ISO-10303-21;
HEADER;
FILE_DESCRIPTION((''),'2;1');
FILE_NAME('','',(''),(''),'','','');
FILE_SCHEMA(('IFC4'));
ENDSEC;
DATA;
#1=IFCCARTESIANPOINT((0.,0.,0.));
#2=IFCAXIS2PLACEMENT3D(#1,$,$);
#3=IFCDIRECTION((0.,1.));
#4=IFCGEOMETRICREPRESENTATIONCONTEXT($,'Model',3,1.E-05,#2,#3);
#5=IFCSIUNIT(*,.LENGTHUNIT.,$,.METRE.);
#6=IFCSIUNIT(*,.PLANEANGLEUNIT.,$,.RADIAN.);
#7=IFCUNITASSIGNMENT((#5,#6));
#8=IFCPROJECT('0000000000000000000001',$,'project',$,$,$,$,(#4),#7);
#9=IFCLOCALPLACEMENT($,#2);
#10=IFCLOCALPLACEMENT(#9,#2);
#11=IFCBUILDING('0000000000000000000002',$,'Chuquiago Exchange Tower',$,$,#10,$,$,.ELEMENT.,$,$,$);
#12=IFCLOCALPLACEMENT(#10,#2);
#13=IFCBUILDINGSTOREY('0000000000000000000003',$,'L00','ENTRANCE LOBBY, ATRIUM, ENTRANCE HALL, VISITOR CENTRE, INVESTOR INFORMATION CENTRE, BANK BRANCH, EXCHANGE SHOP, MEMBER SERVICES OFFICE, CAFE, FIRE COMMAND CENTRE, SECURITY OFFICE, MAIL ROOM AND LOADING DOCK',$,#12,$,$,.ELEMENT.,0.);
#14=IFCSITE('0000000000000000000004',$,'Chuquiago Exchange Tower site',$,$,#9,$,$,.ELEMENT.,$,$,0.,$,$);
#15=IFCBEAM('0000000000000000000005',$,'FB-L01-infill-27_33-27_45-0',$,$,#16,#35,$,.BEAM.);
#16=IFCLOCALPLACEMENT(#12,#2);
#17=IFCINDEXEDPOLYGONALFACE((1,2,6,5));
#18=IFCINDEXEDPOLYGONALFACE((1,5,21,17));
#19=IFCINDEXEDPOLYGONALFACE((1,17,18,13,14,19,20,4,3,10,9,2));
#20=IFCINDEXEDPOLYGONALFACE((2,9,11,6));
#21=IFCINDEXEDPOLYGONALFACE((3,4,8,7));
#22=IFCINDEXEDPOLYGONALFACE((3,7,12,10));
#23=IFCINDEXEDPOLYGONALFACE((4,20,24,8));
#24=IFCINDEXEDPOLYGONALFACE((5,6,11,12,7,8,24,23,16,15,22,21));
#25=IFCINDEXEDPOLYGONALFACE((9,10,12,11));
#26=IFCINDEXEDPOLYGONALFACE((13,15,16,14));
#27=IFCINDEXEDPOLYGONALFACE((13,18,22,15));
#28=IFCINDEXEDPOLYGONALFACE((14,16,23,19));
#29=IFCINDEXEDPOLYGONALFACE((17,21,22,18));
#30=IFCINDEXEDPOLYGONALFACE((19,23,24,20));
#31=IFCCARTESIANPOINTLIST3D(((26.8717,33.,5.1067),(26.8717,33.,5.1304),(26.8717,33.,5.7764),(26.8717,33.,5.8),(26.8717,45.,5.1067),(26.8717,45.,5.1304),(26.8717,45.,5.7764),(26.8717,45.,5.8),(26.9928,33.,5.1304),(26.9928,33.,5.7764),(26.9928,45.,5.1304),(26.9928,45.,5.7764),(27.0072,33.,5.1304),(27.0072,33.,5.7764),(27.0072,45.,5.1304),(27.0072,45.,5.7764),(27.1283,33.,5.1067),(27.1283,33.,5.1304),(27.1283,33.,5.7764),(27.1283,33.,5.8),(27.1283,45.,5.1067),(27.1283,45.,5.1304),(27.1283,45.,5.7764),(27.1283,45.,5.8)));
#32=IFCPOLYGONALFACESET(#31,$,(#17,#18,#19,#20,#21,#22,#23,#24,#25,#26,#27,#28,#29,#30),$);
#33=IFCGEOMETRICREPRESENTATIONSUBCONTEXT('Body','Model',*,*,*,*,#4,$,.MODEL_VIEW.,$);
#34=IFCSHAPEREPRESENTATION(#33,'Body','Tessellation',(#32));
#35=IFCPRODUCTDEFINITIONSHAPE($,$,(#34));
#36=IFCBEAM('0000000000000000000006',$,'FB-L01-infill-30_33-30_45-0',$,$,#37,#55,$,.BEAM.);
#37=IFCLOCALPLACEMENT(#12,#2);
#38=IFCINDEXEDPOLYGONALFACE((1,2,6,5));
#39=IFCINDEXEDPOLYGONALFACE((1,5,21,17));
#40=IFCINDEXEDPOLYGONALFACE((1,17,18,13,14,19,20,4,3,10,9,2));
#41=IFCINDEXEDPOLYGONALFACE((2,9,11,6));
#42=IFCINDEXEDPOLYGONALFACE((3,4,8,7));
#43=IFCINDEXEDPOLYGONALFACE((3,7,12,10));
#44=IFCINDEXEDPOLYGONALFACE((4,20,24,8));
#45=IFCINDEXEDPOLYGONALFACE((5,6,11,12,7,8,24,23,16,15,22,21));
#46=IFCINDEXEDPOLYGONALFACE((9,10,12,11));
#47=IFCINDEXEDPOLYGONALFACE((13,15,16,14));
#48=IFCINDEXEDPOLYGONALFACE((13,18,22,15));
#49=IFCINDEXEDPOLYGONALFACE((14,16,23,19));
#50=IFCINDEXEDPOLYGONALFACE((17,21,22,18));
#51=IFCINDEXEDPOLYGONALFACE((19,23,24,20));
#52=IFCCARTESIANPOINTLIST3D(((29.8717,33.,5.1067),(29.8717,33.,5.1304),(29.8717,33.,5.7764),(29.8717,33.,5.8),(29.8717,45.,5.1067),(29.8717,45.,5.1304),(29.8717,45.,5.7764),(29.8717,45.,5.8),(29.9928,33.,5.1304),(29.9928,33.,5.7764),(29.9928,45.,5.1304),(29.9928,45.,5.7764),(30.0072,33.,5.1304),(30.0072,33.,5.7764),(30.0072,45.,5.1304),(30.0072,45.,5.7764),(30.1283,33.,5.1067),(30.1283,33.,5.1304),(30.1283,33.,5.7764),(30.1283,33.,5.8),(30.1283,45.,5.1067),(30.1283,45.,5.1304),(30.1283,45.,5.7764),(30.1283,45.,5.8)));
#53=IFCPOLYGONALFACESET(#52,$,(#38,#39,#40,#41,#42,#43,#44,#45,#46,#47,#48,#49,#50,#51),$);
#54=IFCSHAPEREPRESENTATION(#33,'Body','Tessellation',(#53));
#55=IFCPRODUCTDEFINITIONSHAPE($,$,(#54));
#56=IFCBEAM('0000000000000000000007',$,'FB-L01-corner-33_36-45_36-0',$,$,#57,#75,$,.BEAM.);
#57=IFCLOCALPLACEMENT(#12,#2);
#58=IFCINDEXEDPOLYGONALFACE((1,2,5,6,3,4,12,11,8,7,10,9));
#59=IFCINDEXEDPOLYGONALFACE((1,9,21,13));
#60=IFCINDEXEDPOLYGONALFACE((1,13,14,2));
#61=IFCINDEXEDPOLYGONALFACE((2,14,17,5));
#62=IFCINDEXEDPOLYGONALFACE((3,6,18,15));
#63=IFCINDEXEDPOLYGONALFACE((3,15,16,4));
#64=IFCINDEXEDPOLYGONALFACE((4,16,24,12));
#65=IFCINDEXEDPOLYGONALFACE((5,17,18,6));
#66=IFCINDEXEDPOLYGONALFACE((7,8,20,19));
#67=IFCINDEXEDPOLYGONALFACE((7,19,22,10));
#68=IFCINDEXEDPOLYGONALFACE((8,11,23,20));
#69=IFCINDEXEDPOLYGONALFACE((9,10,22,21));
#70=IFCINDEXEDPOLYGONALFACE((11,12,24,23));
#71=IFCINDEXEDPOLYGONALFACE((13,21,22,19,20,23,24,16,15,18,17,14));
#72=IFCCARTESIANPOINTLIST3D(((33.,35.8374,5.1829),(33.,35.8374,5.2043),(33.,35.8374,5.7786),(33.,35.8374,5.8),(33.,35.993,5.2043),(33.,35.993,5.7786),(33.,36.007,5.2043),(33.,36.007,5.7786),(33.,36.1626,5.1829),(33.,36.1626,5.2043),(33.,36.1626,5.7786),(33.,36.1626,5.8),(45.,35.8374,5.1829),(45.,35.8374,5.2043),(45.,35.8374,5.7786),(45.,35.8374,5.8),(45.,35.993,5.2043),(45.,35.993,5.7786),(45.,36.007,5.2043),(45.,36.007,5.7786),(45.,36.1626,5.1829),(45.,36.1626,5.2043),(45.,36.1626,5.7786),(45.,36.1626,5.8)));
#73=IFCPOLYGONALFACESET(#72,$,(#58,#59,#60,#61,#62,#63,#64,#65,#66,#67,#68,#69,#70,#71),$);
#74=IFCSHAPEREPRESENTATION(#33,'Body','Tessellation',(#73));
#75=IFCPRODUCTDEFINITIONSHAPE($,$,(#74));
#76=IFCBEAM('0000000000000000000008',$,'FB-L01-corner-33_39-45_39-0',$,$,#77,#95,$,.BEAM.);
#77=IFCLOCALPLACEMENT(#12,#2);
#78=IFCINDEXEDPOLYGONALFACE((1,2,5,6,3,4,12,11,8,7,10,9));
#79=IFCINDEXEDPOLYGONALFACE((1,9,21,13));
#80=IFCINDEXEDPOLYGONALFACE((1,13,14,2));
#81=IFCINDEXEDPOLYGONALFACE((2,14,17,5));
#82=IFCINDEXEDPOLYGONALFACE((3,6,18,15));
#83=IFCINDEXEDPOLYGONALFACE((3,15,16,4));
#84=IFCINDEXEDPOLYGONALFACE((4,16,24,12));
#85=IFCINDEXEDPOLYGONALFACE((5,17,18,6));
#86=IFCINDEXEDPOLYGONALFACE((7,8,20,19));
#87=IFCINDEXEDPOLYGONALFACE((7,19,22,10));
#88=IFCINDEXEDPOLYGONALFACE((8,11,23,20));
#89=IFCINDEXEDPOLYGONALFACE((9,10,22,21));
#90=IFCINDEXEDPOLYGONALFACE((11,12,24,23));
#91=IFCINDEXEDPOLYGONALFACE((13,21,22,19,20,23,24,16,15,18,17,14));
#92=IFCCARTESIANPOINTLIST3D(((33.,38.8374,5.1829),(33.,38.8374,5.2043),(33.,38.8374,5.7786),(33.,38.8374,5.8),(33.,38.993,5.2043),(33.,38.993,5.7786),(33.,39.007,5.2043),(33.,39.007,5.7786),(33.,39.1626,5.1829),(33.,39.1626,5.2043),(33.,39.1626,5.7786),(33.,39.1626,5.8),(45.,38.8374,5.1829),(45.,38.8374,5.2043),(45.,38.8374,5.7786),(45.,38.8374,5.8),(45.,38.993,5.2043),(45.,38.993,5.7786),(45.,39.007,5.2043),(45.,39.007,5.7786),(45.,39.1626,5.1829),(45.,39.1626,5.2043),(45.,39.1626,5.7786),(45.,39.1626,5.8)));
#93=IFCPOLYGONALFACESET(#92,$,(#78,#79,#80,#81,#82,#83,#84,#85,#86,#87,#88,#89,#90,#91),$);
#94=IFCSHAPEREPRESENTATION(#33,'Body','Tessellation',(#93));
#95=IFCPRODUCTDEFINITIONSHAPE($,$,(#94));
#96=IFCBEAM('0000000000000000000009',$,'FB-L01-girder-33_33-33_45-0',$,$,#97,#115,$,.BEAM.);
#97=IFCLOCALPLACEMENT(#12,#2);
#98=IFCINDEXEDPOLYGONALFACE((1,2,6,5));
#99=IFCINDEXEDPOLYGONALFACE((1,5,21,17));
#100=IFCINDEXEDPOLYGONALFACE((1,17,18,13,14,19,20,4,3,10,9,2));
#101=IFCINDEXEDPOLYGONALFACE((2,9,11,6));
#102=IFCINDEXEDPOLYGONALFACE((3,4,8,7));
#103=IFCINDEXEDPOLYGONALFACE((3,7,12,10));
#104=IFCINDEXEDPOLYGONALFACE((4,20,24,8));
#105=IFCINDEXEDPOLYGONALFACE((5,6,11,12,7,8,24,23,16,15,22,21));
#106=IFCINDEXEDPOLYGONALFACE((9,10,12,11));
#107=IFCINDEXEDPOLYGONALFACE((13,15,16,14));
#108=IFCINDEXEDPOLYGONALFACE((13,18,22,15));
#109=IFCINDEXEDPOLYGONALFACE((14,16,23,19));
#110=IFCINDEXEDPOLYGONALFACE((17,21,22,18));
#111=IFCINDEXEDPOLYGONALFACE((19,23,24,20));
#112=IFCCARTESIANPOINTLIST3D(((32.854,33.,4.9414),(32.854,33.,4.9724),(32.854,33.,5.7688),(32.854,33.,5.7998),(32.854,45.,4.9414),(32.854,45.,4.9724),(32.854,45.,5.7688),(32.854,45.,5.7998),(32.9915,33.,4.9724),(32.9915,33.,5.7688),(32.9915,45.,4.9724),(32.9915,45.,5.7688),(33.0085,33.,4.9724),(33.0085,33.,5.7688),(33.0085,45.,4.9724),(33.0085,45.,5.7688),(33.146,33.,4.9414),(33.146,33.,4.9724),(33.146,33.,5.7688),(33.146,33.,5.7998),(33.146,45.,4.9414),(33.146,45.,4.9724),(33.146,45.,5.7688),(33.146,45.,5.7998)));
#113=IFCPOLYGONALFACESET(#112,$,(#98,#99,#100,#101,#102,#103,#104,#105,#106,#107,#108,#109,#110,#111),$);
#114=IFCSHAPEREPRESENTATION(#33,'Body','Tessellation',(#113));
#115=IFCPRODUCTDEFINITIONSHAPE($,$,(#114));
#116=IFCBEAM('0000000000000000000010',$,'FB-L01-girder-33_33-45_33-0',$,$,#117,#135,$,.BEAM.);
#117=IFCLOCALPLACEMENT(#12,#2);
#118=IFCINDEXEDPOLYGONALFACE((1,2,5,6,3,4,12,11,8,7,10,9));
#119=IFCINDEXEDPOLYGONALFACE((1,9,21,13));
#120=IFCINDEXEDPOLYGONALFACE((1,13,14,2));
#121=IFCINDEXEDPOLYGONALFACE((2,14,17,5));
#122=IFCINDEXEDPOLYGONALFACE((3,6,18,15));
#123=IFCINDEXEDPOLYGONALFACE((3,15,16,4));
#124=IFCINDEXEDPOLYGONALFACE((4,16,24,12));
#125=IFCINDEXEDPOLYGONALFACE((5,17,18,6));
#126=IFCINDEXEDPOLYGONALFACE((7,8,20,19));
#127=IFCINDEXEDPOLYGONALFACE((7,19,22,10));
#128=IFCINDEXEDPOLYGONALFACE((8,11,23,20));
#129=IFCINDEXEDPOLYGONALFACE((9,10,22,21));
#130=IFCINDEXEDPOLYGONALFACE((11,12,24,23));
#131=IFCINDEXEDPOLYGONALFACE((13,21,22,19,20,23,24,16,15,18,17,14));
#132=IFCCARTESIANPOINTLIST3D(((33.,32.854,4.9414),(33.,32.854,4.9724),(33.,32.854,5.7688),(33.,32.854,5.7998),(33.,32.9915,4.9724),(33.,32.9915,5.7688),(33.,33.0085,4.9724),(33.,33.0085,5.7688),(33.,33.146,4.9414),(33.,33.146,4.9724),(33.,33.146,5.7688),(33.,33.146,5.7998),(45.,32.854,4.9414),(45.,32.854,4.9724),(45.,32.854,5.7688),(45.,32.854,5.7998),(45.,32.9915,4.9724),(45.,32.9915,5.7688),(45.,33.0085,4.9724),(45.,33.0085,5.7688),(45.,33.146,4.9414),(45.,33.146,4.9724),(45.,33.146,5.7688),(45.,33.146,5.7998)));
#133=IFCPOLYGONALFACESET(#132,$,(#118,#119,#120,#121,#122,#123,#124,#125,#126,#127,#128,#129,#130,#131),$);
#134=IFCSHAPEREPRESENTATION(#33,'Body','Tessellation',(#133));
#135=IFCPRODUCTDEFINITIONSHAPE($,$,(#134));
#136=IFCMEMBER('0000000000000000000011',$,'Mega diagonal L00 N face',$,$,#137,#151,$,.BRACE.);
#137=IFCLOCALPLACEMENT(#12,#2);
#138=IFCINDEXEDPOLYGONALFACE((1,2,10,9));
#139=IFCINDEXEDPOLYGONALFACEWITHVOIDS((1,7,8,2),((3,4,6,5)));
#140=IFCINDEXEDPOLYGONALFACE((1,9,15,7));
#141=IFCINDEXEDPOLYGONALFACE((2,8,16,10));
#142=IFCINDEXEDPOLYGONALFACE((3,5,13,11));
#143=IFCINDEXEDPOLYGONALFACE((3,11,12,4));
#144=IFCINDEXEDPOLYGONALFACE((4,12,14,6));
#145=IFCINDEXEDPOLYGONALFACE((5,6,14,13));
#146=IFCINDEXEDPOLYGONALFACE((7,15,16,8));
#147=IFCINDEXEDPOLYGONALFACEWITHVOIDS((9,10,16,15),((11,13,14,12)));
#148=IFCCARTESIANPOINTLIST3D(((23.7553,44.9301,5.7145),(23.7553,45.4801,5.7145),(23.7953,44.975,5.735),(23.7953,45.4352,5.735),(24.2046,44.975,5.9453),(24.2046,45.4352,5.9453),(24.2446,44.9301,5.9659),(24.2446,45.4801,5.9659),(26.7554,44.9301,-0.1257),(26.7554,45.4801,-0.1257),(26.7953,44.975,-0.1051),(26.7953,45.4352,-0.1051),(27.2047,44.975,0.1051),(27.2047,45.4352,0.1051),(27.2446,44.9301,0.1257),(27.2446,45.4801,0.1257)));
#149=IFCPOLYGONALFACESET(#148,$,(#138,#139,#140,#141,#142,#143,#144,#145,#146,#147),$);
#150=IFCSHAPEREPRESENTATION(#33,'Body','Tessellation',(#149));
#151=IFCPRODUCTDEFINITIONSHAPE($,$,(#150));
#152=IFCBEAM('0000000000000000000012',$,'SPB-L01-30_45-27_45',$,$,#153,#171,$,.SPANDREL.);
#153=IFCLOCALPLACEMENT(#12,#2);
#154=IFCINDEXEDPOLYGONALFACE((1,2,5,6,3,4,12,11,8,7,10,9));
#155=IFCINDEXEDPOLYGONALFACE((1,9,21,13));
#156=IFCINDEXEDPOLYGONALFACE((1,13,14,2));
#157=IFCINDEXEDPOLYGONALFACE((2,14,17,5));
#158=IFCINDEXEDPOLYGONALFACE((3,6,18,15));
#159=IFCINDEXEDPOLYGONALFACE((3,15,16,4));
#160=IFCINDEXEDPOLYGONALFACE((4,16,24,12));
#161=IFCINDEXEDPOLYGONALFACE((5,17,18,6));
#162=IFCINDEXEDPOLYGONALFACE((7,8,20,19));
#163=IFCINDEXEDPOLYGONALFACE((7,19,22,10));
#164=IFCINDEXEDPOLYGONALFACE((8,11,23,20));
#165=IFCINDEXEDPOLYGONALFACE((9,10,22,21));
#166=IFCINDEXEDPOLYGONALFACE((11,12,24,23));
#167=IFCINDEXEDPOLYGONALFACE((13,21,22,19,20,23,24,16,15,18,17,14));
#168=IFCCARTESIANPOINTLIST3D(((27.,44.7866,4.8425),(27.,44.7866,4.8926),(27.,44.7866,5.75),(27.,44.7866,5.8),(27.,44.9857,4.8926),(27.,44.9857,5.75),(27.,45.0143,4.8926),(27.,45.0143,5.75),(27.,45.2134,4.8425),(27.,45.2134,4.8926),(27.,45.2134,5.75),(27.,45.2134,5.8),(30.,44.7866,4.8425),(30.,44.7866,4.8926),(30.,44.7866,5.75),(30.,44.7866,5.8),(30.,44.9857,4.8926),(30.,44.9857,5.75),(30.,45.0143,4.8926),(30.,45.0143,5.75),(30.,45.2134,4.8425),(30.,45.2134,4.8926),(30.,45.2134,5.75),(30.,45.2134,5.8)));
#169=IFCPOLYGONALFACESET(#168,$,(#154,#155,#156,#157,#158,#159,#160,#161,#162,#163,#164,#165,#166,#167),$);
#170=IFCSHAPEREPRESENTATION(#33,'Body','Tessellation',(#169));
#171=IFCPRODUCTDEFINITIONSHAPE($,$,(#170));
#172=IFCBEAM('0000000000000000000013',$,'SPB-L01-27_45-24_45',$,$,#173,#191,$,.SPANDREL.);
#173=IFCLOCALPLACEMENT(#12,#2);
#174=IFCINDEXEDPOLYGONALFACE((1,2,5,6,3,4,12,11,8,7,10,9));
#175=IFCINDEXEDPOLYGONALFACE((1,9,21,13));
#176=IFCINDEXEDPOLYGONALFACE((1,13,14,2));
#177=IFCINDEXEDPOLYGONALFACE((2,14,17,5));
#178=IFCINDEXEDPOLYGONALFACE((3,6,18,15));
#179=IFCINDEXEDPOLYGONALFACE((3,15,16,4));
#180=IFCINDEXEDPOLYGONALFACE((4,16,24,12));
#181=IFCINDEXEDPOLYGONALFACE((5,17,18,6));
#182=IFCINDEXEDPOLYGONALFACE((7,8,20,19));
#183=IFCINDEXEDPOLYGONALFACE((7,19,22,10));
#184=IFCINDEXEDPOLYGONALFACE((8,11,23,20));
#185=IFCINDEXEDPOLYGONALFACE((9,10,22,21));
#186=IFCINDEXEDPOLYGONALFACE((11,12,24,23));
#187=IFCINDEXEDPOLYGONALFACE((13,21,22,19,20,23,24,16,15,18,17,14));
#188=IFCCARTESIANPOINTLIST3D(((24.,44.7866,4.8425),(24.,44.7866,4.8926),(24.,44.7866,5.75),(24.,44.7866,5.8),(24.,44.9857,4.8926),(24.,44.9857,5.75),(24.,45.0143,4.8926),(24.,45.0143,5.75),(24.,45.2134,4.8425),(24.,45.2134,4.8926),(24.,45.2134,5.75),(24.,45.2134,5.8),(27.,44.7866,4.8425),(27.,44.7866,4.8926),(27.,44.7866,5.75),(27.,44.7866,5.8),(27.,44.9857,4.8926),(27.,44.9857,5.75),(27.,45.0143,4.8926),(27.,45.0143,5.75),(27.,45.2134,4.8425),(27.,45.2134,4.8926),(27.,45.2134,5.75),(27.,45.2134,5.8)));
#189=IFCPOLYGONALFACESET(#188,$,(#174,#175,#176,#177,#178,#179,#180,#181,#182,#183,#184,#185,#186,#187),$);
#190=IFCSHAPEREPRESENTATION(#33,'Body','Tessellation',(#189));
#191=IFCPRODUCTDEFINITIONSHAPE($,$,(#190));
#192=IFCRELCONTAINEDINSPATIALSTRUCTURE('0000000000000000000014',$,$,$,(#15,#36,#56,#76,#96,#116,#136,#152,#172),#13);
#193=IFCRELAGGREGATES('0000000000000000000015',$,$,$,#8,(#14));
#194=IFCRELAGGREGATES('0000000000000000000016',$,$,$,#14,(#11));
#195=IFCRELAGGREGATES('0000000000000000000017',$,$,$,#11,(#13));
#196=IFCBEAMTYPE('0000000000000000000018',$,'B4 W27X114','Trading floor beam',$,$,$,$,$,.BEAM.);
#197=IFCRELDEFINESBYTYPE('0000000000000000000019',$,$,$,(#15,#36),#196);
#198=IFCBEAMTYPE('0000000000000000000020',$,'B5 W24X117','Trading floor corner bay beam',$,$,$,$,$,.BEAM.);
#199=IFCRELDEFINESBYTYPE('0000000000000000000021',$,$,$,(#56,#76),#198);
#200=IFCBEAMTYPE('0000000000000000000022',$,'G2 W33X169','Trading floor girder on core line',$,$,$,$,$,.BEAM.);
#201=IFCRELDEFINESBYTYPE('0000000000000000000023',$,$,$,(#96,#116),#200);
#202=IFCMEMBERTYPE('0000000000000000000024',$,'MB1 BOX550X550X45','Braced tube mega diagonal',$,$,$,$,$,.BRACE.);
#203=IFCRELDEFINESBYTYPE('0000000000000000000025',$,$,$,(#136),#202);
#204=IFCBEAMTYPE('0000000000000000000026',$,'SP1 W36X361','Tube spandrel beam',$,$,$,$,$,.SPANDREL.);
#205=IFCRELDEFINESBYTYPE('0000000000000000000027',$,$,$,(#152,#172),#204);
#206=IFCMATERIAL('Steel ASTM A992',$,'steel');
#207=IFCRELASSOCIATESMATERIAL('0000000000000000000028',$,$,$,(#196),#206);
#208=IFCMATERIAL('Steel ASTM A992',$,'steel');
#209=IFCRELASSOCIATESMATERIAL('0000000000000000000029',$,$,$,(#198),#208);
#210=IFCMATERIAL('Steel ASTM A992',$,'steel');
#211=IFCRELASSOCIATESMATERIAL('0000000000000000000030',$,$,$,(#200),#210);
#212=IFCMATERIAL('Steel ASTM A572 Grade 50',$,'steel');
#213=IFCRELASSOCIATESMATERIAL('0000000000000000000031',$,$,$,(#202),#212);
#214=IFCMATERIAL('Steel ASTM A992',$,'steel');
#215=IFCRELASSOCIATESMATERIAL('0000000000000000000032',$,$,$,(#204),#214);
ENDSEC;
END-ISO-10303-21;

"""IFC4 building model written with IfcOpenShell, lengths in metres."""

from ifc_helpers import new_model, si_unit, direction, frame, origin, origin_2d, place, context, subcontext, project, spatial, hollow_rectangle, i_section, extrude, material, material_profile, profile_set, type_object, element, save


model = new_model("IFC4")

# Units and contexts
model_context = context("Model", 3, precision=1e-05, world=origin(), true_north=direction((0.0, 1.0)))
body_context = subcontext(model_context, "Body", "Model", "MODEL_VIEW")
ifc_project = project(units=[si_unit("LENGTHUNIT", "METRE"), si_unit("PLANEANGLEUNIT", "RADIAN")], contexts=[model_context])

# Site, building, storey
site_placement = place(None, origin())
site = spatial("IfcSite", under=ifc_project, at=site_placement, Name="Chuquiago Exchange Tower site", CompositionType="ELEMENT", RefElevation=0.0)
building_placement = place(site_placement, origin())
building = spatial("IfcBuilding", under=site, at=building_placement, Name="Chuquiago Exchange Tower", CompositionType="ELEMENT")
storey_placement = place(building_placement, origin())
storey = spatial("IfcBuildingStorey", under=building, at=storey_placement, Name="L00", Description="ENTRANCE LOBBY, ATRIUM, ENTRANCE HALL, VISITOR CENTRE, INVESTOR INFORMATION CENTRE, BANK BRANCH, EXCHANGE SHOP, MEMBER SERVICES OFFICE, CAFE, FIRE COMMAND CENTRE, SECURITY OFFICE, MAIL ROOM AND LOADING DOCK", CompositionType="ELEMENT", Elevation=0.0)

# Beams
ifc_material_1 = material(Name="Steel ASTM A992", Category="steel")
ifc_material_profile_1 = material_profile(ifc_material_1, i_section(OverallWidth=0.2566, OverallDepth=0.6934, WebThickness=0.0144, FlangeThickness=0.0237, at=origin_2d()), Name="W27X114")
ifc_profile_set_1 = profile_set([ifc_material_profile_1], Name="Steel ASTM A992")
beam_type_1 = type_object("IfcBeamType", Name="B4 W27X114", Description="Trading floor beam", PredefinedType="BEAM", material=ifc_profile_set_1)
for number, where, z_axis, x_axis, name in (
    (1, (27.0, 33.0, 5.4534), (0.0, 1.0, 0.0), (-1.0, 0.0, 0.0), "FB-L01-infill-27_33-27_45-0"),
    (2, (30.0, 33.0, 5.4534), (0.0, 1.0, 0.0), (-1.0, 0.0, 0.0), "FB-L01-infill-30_33-30_45-0"),
):
    element("IfcBeam", number, at=place(storey_placement, frame(where, z_axis=z_axis, x_axis=x_axis)), inside=storey, type_object=beam_type_1, Name=name, PredefinedType="BEAM", context=body_context, shape_type="SweptSolid", body=[
        extrude(i_section(OverallWidth=0.2566, OverallDepth=0.6934, WebThickness=0.0144, FlangeThickness=0.0237, at=origin_2d()), origin(), (0.0, 0.0, 1.0), 12.0),
    ])
ifc_material_2 = material(Name="Steel ASTM A992", Category="steel")
ifc_material_profile_2 = material_profile(ifc_material_2, i_section(OverallWidth=0.3252, OverallDepth=0.6172, WebThickness=0.0139, FlangeThickness=0.0215, at=origin_2d()), Name="W24X117")
ifc_profile_set_2 = profile_set([ifc_material_profile_2], Name="Steel ASTM A992")
beam_type_2 = type_object("IfcBeamType", Name="B5 W24X117", Description="Trading floor corner bay beam", PredefinedType="BEAM", material=ifc_profile_set_2)
for number, where, z_axis, x_axis, name in (
    (3, (33.0, 36.0, 5.4915), (1.0, 0.0, 0.0), (0.0, 1.0, 0.0), "FB-L01-corner-33_36-45_36-0"),
    (4, (33.0, 39.0, 5.4915), (1.0, 0.0, 0.0), (0.0, 1.0, 0.0), "FB-L01-corner-33_39-45_39-0"),
):
    element("IfcBeam", number, at=place(storey_placement, frame(where, z_axis=z_axis, x_axis=x_axis)), inside=storey, type_object=beam_type_2, Name=name, PredefinedType="BEAM", context=body_context, shape_type="SweptSolid", body=[
        extrude(i_section(OverallWidth=0.3252, OverallDepth=0.6172, WebThickness=0.0139, FlangeThickness=0.0215, at=origin_2d()), origin(), (0.0, 0.0, 1.0), 12.0),
    ])
ifc_material_3 = material(Name="Steel ASTM A992", Category="steel")
ifc_material_profile_3 = material_profile(ifc_material_3, i_section(OverallWidth=0.292, OverallDepth=0.8584, WebThickness=0.0171, FlangeThickness=0.031, at=origin_2d()), Name="W33X169")
ifc_profile_set_3 = profile_set([ifc_material_profile_3], Name="Steel ASTM A992")
beam_type_3 = type_object("IfcBeamType", Name="G2 W33X169", Description="Trading floor girder on core line", PredefinedType="BEAM", material=ifc_profile_set_3)
for number, where, z_axis, x_axis, name in (
    (5, (33.0, 33.0, 5.3706), (0.0, 1.0, 0.0), (-1.0, 0.0, 0.0), "FB-L01-girder-33_33-33_45-0"),
    (6, (33.0, 33.0, 5.3706), (1.0, 0.0, 0.0), (0.0, 1.0, 0.0), "FB-L01-girder-33_33-45_33-0"),
):
    element("IfcBeam", number, at=place(storey_placement, frame(where, z_axis=z_axis, x_axis=x_axis)), inside=storey, type_object=beam_type_3, Name=name, PredefinedType="BEAM", context=body_context, shape_type="SweptSolid", body=[
        extrude(i_section(OverallWidth=0.292, OverallDepth=0.8584, WebThickness=0.0171, FlangeThickness=0.031, at=origin_2d()), origin(), (0.0, 0.0, 1.0), 12.0),
    ])

# Member
ifc_material_4 = material(Name="Steel ASTM A572 Grade 50", Category="steel")
ifc_material_profile_4 = material_profile(ifc_material_4, hollow_rectangle(XDim=0.55, YDim=0.55, WallThickness=0.0449, at=origin_2d()), Name="BOX550X550X45")
ifc_profile_set_4 = profile_set([ifc_material_profile_4], Name="Steel ASTM A572 Grade 50")
member_type = type_object("IfcMemberType", Name="MB1 BOX550X550X45", Description="Braced tube mega diagonal", PredefinedType="BRACE", material=ifc_profile_set_4)
member_placement = place(storey_placement, frame((27.0, 45.2051, 0.0), z_axis=(-0.45693, 0.0, 0.889503), x_axis=(0.0, -1.0, 0.0)))
element("IfcMember", 7, at=member_placement, inside=storey, type_object=member_type, Name="Mega diagonal L00 N face", PredefinedType="BRACE", context=body_context, shape_type="SweptSolid", body=[
    extrude(hollow_rectangle(XDim=0.55, YDim=0.55, WallThickness=0.0449, at=origin_2d()), origin(), (0.0, 0.0, 1.0), 6.5657),
])

# Beams
ifc_material_5 = material(Name="Steel ASTM A992", Category="steel")
ifc_material_profile_5 = material_profile(ifc_material_5, i_section(OverallWidth=0.4268, OverallDepth=0.9575, WebThickness=0.0286, FlangeThickness=0.05, at=origin_2d()), Name="W36X361")
ifc_profile_set_5 = profile_set([ifc_material_profile_5], Name="Steel ASTM A992")
beam_type_4 = type_object("IfcBeamType", Name="SP1 W36X361", Description="Tube spandrel beam", PredefinedType="SPANDREL", material=ifc_profile_set_5)
for number, where, z_axis, x_axis, name in (
    (8, (30.0, 45.0, 5.3213), (-1.0, 0.0, 0.0), (0.0, -1.0, 0.0), "SPB-L01-30_45-27_45"),
    (9, (27.0, 45.0, 5.3213), (-1.0, 0.0, 0.0), (0.0, -1.0, 0.0), "SPB-L01-27_45-24_45"),
):
    element("IfcBeam", number, at=place(storey_placement, frame(where, z_axis=z_axis, x_axis=x_axis)), inside=storey, type_object=beam_type_4, Name=name, PredefinedType="SPANDREL", context=body_context, shape_type="SweptSolid", body=[
        extrude(i_section(OverallWidth=0.4268, OverallDepth=0.9575, WebThickness=0.0286, FlangeThickness=0.05, at=origin_2d()), origin(), (0.0, 0.0, 1.0), 3.0),
    ])

save(model, "model.ifc")
